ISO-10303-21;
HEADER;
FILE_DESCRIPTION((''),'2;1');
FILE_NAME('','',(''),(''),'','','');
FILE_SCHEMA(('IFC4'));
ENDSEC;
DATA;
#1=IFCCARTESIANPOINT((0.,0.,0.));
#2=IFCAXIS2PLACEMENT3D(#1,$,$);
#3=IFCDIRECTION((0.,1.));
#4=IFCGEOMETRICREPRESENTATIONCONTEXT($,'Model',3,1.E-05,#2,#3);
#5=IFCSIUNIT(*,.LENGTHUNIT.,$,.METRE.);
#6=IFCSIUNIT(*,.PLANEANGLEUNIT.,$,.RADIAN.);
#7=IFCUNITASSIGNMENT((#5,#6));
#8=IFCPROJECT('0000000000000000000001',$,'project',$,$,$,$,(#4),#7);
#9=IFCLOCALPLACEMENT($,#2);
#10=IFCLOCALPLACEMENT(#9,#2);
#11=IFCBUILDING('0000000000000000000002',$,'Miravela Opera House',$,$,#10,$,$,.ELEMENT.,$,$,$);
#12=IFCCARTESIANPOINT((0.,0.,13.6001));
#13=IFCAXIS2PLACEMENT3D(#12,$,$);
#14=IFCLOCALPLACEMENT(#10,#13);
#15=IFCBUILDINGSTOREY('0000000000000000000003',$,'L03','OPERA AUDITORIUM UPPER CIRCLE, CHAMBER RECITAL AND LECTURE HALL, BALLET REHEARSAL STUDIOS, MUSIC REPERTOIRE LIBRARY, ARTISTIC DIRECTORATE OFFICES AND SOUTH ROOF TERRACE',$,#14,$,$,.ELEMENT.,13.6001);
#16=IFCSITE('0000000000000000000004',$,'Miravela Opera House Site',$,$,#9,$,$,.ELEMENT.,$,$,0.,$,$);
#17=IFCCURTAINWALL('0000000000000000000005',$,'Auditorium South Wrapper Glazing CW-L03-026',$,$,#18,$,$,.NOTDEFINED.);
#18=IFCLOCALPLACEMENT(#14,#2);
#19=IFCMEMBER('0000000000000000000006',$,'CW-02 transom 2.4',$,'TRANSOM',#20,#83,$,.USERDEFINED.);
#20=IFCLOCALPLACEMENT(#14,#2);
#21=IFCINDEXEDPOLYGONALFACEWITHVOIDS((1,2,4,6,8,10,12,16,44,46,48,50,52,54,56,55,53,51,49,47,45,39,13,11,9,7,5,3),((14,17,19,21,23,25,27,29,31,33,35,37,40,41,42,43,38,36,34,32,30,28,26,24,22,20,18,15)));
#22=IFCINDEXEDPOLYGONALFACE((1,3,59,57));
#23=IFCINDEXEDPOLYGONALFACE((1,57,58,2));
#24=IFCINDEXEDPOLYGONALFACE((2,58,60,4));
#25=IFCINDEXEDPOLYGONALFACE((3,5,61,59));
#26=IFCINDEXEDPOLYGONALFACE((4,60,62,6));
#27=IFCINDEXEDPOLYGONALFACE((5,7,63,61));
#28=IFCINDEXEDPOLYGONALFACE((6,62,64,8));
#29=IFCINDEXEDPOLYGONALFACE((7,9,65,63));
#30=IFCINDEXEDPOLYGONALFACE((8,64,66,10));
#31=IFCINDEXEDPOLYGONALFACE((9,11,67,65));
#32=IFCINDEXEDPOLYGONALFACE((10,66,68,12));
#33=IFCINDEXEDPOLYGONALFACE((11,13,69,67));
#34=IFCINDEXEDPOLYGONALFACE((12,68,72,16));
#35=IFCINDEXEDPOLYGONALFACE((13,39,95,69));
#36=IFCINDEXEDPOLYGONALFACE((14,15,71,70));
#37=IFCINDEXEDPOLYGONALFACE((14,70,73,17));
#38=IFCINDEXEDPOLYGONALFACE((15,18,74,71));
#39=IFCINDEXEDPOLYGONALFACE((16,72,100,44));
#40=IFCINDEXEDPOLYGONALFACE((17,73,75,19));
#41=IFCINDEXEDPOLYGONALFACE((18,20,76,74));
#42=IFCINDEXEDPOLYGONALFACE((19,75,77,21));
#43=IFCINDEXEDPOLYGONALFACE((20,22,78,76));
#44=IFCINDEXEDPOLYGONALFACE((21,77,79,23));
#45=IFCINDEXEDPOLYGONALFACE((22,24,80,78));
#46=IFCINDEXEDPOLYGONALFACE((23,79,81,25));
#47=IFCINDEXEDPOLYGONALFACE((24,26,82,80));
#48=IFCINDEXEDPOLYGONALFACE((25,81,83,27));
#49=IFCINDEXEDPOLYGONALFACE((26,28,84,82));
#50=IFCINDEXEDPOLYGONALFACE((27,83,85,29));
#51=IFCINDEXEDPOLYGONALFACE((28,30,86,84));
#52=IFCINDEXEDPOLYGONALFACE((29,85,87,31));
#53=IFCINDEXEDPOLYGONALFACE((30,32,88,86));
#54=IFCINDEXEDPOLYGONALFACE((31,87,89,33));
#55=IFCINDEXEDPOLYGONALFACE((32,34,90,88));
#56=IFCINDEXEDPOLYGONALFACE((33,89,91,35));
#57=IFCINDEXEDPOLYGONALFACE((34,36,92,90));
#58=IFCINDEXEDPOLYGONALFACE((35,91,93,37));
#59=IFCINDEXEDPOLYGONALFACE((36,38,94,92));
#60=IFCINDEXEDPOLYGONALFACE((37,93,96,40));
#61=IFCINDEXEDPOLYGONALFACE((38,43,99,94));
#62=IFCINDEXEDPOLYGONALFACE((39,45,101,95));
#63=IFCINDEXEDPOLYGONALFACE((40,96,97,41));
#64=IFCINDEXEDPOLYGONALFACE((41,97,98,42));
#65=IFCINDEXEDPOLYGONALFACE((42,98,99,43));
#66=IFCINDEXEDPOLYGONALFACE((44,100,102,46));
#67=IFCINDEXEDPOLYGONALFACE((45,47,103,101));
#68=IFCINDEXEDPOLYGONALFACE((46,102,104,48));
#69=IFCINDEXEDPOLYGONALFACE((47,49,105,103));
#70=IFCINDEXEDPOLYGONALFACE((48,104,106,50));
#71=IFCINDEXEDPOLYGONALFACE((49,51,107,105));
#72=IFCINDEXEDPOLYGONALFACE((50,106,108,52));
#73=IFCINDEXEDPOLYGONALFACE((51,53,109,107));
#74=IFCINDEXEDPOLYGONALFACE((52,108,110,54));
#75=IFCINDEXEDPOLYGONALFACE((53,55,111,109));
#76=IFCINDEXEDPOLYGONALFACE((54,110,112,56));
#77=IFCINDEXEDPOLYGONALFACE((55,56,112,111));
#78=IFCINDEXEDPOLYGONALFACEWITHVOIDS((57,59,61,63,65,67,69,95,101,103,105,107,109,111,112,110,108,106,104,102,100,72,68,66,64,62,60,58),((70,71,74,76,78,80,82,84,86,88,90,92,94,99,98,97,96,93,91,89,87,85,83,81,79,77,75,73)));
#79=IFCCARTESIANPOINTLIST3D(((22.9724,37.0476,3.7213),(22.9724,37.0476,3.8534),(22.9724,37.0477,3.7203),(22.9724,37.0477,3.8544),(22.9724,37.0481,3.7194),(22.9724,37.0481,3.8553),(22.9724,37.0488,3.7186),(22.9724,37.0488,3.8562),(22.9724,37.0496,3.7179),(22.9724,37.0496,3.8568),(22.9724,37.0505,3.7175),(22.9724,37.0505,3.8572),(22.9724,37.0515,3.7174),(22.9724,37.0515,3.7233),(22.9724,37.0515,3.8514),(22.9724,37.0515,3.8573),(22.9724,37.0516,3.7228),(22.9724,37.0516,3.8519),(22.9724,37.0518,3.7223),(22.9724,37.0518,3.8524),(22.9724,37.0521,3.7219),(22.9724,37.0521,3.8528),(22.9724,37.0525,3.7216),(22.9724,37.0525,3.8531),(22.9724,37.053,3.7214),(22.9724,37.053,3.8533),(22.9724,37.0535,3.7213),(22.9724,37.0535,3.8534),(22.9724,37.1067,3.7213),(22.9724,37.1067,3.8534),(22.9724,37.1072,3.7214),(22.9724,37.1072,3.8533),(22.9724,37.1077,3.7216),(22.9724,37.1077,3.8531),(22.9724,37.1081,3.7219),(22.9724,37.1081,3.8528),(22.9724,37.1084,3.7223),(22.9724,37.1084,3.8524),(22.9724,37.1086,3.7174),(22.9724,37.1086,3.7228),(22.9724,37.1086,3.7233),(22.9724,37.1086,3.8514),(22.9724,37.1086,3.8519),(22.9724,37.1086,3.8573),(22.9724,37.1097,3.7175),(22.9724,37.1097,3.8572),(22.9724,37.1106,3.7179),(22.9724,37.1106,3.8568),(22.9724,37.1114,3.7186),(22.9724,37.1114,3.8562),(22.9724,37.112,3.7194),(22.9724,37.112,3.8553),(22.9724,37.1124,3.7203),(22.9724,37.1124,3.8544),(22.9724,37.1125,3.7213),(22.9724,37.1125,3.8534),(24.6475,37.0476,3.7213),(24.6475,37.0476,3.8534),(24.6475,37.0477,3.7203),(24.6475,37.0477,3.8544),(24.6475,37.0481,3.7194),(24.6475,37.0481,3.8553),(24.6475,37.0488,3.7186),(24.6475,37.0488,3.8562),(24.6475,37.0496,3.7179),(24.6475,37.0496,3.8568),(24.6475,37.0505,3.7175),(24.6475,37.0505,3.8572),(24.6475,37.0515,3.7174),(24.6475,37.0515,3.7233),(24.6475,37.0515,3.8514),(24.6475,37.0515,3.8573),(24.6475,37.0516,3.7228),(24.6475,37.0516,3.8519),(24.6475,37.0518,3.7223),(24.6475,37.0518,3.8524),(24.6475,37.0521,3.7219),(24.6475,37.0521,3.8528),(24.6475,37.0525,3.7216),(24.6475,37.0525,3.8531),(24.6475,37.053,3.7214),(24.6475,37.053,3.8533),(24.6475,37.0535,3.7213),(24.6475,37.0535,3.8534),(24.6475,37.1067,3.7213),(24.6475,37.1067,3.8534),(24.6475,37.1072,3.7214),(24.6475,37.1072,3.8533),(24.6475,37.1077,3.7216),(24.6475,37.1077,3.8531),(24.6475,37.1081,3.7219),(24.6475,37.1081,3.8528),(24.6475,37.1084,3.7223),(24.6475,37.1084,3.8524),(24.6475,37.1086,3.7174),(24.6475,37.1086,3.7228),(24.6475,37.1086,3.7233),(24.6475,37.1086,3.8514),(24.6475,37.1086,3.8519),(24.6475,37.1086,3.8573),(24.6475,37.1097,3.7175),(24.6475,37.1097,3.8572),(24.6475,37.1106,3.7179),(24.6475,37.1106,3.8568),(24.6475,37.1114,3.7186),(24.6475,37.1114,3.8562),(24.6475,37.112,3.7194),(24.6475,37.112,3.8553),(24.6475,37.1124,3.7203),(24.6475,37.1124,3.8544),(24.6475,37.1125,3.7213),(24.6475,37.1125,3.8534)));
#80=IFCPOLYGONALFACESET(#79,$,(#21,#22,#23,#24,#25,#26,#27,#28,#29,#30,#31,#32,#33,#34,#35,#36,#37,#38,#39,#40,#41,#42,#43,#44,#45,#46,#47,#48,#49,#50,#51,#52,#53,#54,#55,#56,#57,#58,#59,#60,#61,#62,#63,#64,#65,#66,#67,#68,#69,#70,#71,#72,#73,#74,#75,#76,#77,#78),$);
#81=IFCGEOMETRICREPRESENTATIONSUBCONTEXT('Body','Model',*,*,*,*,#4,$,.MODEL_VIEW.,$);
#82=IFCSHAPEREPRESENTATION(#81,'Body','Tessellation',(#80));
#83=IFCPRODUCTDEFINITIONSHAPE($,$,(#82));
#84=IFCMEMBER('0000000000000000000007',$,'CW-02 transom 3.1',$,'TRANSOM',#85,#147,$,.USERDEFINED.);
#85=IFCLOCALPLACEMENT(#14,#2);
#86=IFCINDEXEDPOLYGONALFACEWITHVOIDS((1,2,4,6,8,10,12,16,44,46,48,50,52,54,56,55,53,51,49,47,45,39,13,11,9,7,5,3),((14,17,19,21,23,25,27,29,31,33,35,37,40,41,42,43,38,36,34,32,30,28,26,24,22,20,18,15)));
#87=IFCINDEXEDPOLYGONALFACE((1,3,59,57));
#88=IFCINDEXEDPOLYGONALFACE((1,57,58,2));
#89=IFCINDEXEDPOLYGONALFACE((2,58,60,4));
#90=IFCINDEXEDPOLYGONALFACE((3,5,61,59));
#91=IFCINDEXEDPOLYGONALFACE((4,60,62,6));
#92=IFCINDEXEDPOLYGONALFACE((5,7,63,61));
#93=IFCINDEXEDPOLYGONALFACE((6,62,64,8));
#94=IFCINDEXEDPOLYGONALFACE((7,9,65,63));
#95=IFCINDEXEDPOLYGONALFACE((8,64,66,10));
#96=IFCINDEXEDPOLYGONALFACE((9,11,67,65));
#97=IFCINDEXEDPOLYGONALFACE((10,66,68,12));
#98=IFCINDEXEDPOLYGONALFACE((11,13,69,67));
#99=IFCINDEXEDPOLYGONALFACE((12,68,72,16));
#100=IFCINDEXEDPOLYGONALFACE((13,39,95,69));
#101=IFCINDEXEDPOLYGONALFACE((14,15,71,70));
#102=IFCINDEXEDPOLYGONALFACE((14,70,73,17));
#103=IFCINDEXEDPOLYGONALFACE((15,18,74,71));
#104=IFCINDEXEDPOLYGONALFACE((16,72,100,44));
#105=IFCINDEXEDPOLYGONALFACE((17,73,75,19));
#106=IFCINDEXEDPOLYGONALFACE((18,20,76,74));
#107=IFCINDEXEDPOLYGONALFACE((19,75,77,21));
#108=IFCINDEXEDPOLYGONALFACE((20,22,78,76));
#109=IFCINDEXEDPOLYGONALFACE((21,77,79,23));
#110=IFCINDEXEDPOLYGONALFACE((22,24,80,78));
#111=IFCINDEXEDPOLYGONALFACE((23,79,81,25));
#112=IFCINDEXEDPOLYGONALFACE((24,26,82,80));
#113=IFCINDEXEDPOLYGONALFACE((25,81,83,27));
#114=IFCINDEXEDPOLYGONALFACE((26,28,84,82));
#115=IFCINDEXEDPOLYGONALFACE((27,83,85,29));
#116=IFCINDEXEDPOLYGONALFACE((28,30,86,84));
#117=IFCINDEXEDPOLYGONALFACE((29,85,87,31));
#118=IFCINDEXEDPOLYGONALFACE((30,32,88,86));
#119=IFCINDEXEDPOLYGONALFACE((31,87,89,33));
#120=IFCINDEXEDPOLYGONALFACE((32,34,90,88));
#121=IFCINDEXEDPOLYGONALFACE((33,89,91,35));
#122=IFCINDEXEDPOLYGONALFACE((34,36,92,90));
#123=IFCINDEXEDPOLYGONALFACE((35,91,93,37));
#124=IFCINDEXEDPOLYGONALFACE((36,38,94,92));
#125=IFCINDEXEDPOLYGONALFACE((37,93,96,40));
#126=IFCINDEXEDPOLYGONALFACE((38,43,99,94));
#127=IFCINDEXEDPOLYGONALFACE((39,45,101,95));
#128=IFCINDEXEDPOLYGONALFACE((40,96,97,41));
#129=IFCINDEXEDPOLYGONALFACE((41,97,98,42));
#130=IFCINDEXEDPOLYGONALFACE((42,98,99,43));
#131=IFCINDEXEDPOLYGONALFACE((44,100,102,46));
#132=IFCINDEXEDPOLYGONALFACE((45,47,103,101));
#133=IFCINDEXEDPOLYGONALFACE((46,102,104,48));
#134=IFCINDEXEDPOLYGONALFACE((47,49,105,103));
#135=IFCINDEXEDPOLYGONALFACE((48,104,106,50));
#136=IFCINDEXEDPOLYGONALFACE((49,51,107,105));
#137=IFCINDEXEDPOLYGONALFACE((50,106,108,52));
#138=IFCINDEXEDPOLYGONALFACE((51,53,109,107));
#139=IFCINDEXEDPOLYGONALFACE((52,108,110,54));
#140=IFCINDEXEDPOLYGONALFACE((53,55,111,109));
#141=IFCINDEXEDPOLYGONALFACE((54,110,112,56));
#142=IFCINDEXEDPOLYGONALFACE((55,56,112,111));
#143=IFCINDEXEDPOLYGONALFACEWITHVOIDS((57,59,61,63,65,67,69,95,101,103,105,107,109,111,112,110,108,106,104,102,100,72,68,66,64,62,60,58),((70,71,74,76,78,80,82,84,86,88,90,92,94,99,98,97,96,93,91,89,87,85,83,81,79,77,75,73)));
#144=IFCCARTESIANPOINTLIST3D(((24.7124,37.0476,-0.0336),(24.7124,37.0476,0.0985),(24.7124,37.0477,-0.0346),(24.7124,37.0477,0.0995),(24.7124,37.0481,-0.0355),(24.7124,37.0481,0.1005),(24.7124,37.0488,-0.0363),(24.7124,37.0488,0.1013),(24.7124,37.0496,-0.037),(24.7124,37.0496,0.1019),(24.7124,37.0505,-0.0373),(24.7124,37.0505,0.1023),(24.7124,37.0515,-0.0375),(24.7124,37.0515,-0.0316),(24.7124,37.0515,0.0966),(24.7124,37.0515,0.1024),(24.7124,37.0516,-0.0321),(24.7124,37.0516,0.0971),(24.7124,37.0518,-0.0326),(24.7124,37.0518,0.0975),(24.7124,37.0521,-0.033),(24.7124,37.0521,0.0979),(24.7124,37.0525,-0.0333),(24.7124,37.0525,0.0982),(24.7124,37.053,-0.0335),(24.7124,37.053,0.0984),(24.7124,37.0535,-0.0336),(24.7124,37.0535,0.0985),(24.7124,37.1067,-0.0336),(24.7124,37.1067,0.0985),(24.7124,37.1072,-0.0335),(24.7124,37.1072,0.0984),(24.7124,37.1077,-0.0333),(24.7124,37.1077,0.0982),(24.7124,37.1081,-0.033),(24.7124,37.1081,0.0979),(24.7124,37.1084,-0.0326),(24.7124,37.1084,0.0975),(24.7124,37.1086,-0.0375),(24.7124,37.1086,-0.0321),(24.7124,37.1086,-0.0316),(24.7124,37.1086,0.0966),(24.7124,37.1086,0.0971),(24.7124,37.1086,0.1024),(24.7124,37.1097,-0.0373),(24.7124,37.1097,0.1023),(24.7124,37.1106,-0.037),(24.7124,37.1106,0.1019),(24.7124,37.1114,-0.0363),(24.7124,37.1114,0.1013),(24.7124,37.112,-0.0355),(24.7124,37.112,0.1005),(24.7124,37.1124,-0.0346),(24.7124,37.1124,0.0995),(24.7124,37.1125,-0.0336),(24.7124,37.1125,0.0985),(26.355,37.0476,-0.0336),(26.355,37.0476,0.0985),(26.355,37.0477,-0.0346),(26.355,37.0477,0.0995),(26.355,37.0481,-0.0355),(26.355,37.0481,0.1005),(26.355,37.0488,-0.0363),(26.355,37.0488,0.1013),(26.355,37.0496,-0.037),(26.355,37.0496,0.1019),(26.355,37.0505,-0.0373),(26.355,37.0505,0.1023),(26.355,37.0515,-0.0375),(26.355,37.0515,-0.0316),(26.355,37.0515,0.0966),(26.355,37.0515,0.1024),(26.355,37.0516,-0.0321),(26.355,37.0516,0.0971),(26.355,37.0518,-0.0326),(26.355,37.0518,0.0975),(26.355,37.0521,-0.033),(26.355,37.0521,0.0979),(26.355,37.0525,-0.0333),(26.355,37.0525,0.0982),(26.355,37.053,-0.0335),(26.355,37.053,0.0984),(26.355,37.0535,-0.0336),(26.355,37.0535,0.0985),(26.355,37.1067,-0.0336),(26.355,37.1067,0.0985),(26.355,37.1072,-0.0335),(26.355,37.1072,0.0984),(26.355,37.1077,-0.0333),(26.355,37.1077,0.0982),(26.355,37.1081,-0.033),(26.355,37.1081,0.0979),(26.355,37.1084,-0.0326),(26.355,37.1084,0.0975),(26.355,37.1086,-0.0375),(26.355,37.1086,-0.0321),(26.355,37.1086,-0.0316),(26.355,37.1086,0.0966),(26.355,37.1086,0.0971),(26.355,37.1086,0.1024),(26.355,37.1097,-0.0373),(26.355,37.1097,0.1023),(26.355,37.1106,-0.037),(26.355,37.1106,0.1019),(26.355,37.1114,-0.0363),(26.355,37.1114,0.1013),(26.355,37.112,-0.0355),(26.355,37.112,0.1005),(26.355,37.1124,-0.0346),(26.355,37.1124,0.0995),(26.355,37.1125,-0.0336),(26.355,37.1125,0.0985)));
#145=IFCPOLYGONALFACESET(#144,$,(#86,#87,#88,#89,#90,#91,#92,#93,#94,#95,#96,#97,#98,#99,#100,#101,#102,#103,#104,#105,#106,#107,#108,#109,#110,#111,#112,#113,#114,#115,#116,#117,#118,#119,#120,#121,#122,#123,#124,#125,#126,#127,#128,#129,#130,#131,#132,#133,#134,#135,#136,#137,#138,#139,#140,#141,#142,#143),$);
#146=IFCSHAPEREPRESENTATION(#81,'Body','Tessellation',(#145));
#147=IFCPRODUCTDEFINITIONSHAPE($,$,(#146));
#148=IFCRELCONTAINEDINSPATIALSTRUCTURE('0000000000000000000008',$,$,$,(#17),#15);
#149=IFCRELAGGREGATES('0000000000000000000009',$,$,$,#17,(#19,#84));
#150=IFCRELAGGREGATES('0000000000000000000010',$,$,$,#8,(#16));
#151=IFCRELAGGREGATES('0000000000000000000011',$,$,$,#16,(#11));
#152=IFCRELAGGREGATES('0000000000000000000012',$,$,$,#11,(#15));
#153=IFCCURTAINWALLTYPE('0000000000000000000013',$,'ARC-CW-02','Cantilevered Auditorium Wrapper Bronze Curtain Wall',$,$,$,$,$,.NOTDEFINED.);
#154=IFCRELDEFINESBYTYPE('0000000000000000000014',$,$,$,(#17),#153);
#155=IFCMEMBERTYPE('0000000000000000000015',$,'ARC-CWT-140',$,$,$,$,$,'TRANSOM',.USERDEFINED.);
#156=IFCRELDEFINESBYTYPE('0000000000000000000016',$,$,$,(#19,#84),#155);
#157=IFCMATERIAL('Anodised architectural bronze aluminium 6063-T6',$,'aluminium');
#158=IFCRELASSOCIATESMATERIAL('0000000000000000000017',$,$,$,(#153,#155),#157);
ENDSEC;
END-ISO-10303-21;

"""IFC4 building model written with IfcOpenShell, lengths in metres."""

from ifc_helpers import new_model, si_unit, direction, frame, origin, origin_2d, place, context, subcontext, project, spatial, hollow_rectangle, extrude, material, material_profile, profile_set, type_object, element, aggregate, save


model = new_model("IFC4")

# Units and contexts
model_context = context("Model", 3, precision=1e-05, world=origin(), true_north=direction((0.0, 1.0)))
body_context = subcontext(model_context, "Body", "Model", "MODEL_VIEW")
ifc_project = project(units=[si_unit("LENGTHUNIT", "METRE"), si_unit("PLANEANGLEUNIT", "RADIAN")], contexts=[model_context])

# Site, building, storey
site_placement = place(None, origin())
site = spatial("IfcSite", under=ifc_project, at=site_placement, Name="Miravela Opera House Site", CompositionType="ELEMENT", RefElevation=0.0)
building_placement = place(site_placement, origin())
building = spatial("IfcBuilding", under=site, at=building_placement, Name="Miravela Opera House", CompositionType="ELEMENT")
storey_placement = place(building_placement, frame((0.0, 0.0, 13.6001)))
storey = spatial("IfcBuildingStorey", under=building, at=storey_placement, Name="L03", Description="OPERA AUDITORIUM UPPER CIRCLE, CHAMBER RECITAL AND LECTURE HALL, BALLET REHEARSAL STUDIOS, MUSIC REPERTOIRE LIBRARY, ARTISTIC DIRECTORATE OFFICES AND SOUTH ROOF TERRACE", CompositionType="ELEMENT", Elevation=13.6001)

# Curtain wall, members
ifc_material_1 = material(Name="Anodised architectural bronze aluminium 6063-T6", Category="aluminium")
curtain_wall_type = type_object("IfcCurtainWallType", Name="ARC-CW-02", Description="Cantilevered Auditorium Wrapper Bronze Curtain Wall", PredefinedType="NOTDEFINED", material=ifc_material_1)
curtain_wall_placement = place(storey_placement, origin())
curtain_wall = element("IfcCurtainWall", 1, at=curtain_wall_placement, inside=storey, type_object=curtain_wall_type, Name="Auditorium South Wrapper Glazing CW-L03-026", PredefinedType="NOTDEFINED")
ifc_material_profile_1 = material_profile(ifc_material_1, hollow_rectangle(XDim=0.0649, YDim=0.1399, WallThickness=0.0039, InnerFilletRadius=0.002, OuterFilletRadius=0.0039, at=origin_2d()), Name="CWT-65X140")
ifc_profile_set_1 = profile_set([ifc_material_profile_1])
member_type_1 = type_object("IfcMemberType", Name="ARC-CWT-140", ElementType="TRANSOM", PredefinedType="USERDEFINED", material=ifc_profile_set_1)
member_1_placement = place(storey_placement, frame((22.9724, 37.0801, 3.7874), z_axis=(1.0, 0.0, 0.0), x_axis=(0.0, 1.0, 0.0)))
member_1 = element("IfcMember", 2, at=member_1_placement, type_object=member_type_1, Name="CW-02 transom 2.4", ObjectType="TRANSOM", PredefinedType="USERDEFINED", context=body_context, shape_type="SweptSolid", body=[
    extrude(hollow_rectangle(XDim=0.0649, YDim=0.1399, WallThickness=0.0039, InnerFilletRadius=0.002, OuterFilletRadius=0.0039, at=origin_2d()), origin(), (0.0, 0.0, 1.0), 1.675),
])
member_2_placement = place(storey_placement, frame((24.7124, 37.0801, 0.0325), z_axis=(1.0, 0.0, 0.0), x_axis=(0.0, 1.0, 0.0)))
member_2 = element("IfcMember", 3, at=member_2_placement, type_object=member_type_1, Name="CW-02 transom 3.1", ObjectType="TRANSOM", PredefinedType="USERDEFINED", context=body_context, shape_type="SweptSolid", body=[
    extrude(hollow_rectangle(XDim=0.0649, YDim=0.1399, WallThickness=0.0039, InnerFilletRadius=0.002, OuterFilletRadius=0.0039, at=origin_2d()), origin(), (0.0, 0.0, 1.0), 1.6426),
])

aggregate(curtain_wall, [member_1, member_2])

save(model, "model.ifc")
